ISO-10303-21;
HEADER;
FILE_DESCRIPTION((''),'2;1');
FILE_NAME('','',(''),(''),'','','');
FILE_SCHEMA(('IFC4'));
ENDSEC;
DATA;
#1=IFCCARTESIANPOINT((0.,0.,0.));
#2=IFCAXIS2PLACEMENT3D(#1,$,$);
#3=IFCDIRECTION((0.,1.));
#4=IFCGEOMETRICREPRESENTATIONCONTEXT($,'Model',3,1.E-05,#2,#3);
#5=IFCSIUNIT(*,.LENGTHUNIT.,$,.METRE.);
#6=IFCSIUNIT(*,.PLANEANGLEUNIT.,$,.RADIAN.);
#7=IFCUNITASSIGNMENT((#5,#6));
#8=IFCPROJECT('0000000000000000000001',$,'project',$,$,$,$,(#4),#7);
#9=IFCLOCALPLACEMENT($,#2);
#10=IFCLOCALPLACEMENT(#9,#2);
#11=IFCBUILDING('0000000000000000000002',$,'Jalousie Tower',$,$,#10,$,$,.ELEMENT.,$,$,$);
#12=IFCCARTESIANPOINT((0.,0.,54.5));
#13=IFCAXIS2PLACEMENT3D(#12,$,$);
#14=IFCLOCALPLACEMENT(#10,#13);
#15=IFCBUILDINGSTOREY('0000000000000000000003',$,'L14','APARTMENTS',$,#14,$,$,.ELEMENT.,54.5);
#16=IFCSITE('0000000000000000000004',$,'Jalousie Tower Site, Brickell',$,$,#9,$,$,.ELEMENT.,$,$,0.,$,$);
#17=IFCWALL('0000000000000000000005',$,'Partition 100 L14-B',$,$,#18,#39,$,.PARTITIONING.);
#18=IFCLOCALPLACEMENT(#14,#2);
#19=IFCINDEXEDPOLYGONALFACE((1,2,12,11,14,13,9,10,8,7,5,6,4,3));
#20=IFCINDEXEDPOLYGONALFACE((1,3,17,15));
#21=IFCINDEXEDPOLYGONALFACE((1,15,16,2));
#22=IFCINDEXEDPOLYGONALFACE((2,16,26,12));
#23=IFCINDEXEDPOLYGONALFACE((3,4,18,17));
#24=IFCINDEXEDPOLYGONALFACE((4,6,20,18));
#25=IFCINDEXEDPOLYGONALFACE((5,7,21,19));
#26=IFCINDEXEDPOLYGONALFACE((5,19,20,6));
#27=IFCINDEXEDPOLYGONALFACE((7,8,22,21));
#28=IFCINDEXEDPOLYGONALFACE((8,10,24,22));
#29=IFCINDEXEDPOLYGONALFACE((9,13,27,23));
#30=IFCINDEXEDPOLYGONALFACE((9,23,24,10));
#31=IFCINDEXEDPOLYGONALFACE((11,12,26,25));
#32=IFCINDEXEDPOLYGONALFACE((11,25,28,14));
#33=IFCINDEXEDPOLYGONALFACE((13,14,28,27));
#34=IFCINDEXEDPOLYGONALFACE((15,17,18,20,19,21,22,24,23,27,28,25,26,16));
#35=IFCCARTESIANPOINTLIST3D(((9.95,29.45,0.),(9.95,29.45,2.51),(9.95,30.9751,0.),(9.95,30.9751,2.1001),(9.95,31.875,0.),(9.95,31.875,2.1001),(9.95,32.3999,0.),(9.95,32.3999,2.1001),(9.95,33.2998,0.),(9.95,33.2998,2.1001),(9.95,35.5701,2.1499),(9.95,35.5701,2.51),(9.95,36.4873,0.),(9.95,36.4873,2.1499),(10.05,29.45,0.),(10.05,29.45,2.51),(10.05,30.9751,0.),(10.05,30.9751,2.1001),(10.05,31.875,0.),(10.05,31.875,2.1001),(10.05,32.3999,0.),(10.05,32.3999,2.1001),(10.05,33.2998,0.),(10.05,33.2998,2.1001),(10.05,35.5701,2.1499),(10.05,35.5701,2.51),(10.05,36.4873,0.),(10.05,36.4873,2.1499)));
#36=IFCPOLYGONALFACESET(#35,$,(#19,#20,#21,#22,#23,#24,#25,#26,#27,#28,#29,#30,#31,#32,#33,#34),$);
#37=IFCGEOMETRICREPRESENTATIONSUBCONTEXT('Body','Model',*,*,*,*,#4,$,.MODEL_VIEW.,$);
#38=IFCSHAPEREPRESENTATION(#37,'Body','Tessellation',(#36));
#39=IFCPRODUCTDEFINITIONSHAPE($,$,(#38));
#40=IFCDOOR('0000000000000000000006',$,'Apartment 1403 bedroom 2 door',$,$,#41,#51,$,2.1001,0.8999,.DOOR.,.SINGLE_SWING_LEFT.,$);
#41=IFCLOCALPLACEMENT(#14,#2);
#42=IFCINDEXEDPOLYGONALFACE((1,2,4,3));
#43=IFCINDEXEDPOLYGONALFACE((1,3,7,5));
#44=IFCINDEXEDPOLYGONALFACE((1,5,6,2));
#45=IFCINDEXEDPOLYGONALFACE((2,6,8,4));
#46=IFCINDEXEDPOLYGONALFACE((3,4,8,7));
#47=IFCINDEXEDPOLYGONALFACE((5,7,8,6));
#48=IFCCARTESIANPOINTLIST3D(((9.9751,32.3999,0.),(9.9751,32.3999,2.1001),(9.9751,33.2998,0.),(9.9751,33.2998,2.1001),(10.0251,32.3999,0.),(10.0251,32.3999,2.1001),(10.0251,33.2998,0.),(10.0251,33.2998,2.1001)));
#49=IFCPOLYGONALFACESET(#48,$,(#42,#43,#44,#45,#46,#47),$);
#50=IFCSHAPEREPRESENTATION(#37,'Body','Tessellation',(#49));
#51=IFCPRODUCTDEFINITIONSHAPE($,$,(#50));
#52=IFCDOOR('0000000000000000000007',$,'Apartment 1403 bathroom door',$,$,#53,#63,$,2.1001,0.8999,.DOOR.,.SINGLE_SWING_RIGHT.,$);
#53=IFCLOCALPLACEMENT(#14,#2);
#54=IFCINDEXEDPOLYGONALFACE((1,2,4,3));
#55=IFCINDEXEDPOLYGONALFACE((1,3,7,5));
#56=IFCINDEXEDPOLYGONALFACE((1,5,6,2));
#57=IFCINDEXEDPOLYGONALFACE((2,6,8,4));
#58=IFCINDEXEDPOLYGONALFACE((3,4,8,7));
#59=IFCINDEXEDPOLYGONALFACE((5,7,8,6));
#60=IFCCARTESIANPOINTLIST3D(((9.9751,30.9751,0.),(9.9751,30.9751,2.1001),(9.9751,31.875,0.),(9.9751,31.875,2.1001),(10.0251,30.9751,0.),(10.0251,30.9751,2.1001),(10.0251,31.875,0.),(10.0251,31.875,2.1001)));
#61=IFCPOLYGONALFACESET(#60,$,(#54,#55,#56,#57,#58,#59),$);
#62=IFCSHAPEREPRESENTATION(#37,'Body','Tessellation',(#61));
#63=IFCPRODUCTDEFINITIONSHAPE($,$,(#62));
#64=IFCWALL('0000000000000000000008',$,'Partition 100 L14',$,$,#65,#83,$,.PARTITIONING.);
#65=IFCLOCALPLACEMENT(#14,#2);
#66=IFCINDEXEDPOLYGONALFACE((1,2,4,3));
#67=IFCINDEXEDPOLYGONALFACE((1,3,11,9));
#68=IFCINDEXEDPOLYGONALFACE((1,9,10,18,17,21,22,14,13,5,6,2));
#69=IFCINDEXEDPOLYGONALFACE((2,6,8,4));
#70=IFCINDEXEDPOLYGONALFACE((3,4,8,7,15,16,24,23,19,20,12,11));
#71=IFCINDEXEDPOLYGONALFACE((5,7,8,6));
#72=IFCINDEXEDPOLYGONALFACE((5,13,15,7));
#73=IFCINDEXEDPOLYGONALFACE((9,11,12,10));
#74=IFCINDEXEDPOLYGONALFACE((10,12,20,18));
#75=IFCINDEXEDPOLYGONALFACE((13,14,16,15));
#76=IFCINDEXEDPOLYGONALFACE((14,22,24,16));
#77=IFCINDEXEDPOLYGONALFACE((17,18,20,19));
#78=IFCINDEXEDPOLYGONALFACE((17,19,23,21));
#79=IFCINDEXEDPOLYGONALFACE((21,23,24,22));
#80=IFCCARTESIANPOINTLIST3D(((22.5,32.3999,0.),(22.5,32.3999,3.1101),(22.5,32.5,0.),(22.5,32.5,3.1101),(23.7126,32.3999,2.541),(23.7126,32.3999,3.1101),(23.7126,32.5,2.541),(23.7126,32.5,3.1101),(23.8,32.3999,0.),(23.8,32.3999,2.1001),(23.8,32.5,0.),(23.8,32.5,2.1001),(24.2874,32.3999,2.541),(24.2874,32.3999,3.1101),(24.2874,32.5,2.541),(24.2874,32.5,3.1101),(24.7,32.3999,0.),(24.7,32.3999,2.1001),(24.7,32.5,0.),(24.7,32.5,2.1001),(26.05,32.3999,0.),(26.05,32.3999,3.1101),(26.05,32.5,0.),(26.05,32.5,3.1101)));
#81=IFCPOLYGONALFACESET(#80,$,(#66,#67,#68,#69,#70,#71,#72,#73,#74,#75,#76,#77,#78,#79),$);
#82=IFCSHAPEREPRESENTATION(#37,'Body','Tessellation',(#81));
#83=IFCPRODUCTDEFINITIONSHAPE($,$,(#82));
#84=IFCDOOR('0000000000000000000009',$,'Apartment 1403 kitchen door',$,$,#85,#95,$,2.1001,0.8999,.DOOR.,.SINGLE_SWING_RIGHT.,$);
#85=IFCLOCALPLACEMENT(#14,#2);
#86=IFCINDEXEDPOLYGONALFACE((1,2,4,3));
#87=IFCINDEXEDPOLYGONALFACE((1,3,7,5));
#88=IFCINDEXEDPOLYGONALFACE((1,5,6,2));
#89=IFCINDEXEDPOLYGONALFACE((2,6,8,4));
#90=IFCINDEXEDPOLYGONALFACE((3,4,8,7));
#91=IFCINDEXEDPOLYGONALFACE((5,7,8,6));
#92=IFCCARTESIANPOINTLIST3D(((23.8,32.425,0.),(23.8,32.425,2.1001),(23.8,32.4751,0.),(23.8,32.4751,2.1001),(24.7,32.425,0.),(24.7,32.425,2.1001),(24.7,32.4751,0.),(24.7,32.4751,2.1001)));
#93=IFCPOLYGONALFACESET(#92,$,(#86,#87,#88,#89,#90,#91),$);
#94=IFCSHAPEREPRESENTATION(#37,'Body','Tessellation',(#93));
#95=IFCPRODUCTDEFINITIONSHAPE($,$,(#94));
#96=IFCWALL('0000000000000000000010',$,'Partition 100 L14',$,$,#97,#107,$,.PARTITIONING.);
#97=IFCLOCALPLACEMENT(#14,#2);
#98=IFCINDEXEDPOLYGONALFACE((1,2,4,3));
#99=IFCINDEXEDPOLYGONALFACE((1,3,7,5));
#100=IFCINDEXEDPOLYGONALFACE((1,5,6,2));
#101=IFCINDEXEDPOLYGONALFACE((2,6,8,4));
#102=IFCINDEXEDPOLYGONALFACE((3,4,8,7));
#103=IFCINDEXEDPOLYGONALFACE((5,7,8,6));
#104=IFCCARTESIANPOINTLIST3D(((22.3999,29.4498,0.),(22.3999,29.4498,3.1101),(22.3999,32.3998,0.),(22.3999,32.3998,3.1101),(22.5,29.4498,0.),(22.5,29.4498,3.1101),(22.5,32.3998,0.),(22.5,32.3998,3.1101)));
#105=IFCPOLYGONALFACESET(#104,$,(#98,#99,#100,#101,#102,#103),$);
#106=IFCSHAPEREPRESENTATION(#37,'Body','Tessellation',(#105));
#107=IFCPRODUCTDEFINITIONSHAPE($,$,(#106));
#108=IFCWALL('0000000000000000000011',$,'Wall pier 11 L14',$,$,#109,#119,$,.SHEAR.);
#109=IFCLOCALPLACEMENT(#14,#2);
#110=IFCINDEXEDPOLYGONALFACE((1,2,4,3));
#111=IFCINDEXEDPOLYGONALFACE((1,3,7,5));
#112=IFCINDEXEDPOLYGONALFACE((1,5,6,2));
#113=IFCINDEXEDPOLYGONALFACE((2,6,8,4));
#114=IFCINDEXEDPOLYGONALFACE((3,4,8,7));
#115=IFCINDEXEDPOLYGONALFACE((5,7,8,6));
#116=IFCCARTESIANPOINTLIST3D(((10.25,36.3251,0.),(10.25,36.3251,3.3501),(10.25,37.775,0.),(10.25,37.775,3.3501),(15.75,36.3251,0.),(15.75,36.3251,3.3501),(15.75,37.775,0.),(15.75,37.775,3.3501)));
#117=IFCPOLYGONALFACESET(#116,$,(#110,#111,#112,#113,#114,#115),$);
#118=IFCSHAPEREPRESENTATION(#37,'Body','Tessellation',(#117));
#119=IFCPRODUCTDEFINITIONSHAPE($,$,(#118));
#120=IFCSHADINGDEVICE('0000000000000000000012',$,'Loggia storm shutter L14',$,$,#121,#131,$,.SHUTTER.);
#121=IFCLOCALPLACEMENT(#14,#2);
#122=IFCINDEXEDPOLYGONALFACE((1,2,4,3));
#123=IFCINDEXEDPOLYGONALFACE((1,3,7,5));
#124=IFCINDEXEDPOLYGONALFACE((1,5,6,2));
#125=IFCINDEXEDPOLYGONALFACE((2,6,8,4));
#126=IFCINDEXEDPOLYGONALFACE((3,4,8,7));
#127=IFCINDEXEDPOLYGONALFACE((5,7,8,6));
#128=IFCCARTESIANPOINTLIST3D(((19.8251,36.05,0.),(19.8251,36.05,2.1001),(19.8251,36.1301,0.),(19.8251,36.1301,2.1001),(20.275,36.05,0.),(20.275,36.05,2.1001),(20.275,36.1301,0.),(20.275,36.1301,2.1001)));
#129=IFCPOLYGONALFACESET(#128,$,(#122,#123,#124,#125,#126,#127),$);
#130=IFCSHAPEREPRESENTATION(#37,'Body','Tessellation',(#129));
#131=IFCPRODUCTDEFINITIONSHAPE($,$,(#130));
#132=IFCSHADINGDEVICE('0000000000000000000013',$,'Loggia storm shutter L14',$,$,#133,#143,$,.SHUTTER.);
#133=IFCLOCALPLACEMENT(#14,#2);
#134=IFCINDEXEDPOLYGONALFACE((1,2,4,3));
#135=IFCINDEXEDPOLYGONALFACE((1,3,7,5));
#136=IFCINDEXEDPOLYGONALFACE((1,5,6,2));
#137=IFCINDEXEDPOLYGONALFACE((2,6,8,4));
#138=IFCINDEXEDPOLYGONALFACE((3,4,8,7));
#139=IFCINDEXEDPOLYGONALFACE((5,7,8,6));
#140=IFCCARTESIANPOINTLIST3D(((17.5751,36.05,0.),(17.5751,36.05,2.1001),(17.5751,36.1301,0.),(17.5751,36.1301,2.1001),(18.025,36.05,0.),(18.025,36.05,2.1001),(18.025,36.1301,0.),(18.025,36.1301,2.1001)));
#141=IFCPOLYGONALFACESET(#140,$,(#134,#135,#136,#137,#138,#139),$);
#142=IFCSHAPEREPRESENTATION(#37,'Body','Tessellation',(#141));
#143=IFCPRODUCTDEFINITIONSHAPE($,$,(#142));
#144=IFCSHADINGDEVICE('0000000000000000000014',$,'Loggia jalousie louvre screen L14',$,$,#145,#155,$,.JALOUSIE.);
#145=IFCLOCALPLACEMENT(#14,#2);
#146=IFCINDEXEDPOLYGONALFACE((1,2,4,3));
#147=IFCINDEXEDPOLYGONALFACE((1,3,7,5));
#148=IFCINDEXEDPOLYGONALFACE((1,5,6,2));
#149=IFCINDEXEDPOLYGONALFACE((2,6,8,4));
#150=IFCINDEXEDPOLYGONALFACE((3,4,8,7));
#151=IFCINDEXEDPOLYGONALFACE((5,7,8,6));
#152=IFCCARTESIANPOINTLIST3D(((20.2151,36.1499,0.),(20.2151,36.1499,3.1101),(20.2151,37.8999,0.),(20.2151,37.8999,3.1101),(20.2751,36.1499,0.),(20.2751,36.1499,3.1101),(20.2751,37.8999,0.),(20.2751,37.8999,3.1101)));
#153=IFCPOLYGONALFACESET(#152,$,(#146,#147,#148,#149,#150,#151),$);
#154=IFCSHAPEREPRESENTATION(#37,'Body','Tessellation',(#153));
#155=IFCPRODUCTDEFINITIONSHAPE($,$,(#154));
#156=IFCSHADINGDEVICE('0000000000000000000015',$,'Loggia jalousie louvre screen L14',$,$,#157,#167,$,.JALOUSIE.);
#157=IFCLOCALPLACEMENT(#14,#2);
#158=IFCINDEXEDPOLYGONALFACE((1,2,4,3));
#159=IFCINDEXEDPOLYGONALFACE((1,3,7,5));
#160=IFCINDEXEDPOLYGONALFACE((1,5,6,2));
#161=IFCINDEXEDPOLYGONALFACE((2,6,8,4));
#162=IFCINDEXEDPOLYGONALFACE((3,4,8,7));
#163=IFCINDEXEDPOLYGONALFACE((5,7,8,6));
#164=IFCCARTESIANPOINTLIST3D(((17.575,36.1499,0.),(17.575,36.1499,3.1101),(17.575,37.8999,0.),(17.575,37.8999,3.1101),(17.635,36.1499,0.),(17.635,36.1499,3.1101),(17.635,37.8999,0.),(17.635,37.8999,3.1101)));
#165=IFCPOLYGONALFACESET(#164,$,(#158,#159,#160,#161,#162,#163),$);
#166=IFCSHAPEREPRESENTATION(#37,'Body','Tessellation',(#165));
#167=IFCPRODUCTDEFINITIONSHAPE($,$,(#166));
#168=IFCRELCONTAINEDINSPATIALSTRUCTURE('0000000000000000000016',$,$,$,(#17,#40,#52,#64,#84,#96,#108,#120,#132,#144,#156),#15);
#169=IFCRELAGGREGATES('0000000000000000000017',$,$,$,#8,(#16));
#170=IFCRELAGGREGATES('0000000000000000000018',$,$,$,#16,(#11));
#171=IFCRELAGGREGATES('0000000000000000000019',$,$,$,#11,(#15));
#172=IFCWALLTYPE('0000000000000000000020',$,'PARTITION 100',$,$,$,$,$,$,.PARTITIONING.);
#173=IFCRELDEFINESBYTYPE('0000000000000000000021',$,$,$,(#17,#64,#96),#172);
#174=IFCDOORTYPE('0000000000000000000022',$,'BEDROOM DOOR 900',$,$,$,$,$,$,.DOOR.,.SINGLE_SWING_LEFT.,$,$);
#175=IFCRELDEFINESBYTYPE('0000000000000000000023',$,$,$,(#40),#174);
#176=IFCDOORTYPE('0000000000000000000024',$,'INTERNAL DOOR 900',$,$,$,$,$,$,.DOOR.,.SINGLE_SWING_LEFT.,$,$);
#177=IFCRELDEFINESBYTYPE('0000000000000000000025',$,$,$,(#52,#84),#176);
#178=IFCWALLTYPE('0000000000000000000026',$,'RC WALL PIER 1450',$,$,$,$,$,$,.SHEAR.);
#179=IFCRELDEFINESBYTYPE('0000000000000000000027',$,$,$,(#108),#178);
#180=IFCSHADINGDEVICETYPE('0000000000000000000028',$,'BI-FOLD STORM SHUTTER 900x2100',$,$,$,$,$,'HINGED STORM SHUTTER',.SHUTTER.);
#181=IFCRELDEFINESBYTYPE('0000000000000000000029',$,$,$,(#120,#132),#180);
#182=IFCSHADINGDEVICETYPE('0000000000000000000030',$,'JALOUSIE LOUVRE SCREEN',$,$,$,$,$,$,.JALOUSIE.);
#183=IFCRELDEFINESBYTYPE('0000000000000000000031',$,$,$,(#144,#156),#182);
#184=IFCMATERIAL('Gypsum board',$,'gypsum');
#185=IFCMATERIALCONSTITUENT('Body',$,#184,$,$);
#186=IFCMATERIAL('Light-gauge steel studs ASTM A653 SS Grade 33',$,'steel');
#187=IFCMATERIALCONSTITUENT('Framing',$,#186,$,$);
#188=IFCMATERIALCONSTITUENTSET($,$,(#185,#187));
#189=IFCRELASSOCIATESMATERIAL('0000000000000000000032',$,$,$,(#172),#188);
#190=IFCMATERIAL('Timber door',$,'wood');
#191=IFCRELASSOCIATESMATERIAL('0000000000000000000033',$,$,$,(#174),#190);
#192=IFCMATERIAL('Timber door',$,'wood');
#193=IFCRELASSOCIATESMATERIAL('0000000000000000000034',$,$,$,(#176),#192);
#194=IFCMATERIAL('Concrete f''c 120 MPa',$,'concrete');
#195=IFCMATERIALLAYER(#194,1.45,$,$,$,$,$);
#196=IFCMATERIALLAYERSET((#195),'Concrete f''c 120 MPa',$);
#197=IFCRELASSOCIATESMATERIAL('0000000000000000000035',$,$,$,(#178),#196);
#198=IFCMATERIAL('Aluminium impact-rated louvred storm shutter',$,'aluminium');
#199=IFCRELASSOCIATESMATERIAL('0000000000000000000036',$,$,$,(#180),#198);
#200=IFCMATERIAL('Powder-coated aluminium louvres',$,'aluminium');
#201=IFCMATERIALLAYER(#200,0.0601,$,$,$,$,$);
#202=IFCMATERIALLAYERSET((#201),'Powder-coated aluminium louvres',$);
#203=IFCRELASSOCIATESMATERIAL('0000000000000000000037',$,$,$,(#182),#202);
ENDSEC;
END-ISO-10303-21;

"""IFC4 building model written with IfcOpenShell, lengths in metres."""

from ifc_helpers import new_model, si_unit, direction, frame, frame_2d, origin, origin_2d, place, context, subcontext, project, spatial, polyline, rectangle, outline, extrude, material, layer, layer_set, constituent, constituent_set, type_object, element, fill, save


model = new_model("IFC4")

# Units and contexts
model_context = context("Model", 3, precision=1e-05, world=origin(), true_north=direction((0.0, 1.0)))
body_context = subcontext(model_context, "Body", "Model", "MODEL_VIEW")
ifc_project = project(units=[si_unit("LENGTHUNIT", "METRE"), si_unit("PLANEANGLEUNIT", "RADIAN")], contexts=[model_context])

# Site, building, storey
site_placement = place(None, origin())
site = spatial("IfcSite", under=ifc_project, at=site_placement, Name="Jalousie Tower Site, Brickell", CompositionType="ELEMENT", RefElevation=0.0)
building_placement = place(site_placement, origin())
building = spatial("IfcBuilding", under=site, at=building_placement, Name="Jalousie Tower", CompositionType="ELEMENT")
storey_placement = place(building_placement, frame((0.0, 0.0, 54.5)))
storey = spatial("IfcBuildingStorey", under=building, at=storey_placement, Name="L14", Description="APARTMENTS", CompositionType="ELEMENT", Elevation=54.5)

# Wall, openings, doors
ifc_material_1 = material(Name="Gypsum board", Category="gypsum")
ifc_constituent_1 = constituent(ifc_material_1, Name="Body")
ifc_material_2 = material(Name="Light-gauge steel studs ASTM A653 SS Grade 33", Category="steel")
ifc_constituent_2 = constituent(ifc_material_2, Name="Framing")
ifc_constituent_set_1 = constituent_set(constituents=[ifc_constituent_1, ifc_constituent_2])
wall_type_1 = type_object("IfcWallType", Name="PARTITION 100", PredefinedType="PARTITIONING", material=ifc_constituent_set_1)
wall_1_placement = place(storey_placement, frame((10.0, 36.4873, 0.0), z_axis=(0.0, 0.0, 1.0), x_axis=(0.0, -1.0, 0.0)))
wall_1 = element("IfcWall", 1, at=wall_1_placement, inside=storey, type_object=wall_type_1, Name="Partition 100 L14-B", PredefinedType="PARTITIONING", context=body_context, shape_type="SweptSolid", body=[
    extrude(outline(polyline([(0.0, 0.0), (7.0374, 0.0), (7.0374, 2.51), (0.9172, 2.51), (0.9172, 2.1499), (0.0, 2.1499), (0.0, 0.0)])), frame((0.0, 0.05, 0.0), z_axis=(0.0, -1.0, 0.0), x_axis=(1.0, 0.0, 0.0)), (0.0, 0.0, 1.0), 0.1001),
])
opening_1_placement = place(wall_1_placement, frame((3.1875, 0.0, 0.0)))
opening_1 = element("IfcOpeningElement", 2, at=opening_1_placement, cuts=wall_1, PredefinedType="OPENING", context=body_context, shape_type="SweptSolid", body=[
    extrude(rectangle(XDim=0.8999, YDim=2.1001, at=frame_2d((0.45, 1.05))), frame((0.0, 0.0601, 0.0), z_axis=(0.0, -1.0, 0.0), x_axis=(1.0, 0.0, 0.0)), (0.0, 0.0, 1.0), 0.1201),
])
opening_2_placement = place(wall_1_placement, frame((4.6123, 0.0, 0.0)))
opening_2 = element("IfcOpeningElement", 3, at=opening_2_placement, cuts=wall_1, PredefinedType="OPENING", context=body_context, shape_type="SweptSolid", body=[
    extrude(rectangle(XDim=0.8999, YDim=2.1001, at=frame_2d((0.45, 1.05))), frame((0.0, 0.0601, 0.0), z_axis=(0.0, -1.0, 0.0), x_axis=(1.0, 0.0, 0.0)), (0.0, 0.0, 1.0), 0.1201),
])
ifc_material_3 = material(Name="Timber door", Category="wood")
door_type_1 = type_object("IfcDoorType", Name="BEDROOM DOOR 900", OperationType="SINGLE_SWING_LEFT", PredefinedType="DOOR", material=ifc_material_3)
door_1_placement = place(opening_1_placement, frame((0.8999, 0.0, 0.0), z_axis=(0.0, 0.0, 1.0), x_axis=(-1.0, 0.0, 0.0)))
door_1 = element("IfcDoor", 4, at=door_1_placement, inside=storey, type_object=door_type_1, Name="Apartment 1403 bedroom 2 door", OperationType="SINGLE_SWING_LEFT", OverallHeight=2.1001, OverallWidth=0.8999, PredefinedType="DOOR", context=body_context, shape_type="SweptSolid", body=[
    extrude(rectangle(XDim=0.8999, YDim=2.1001, at=frame_2d((0.45, 1.05))), frame((0.0, 0.0249, 0.0), z_axis=(0.0, -1.0, 0.0), x_axis=(1.0, 0.0, 0.0)), (0.0, 0.0, 1.0), 0.05),
])
fill(opening_1, door_1)
ifc_material_4 = material(Name="Timber door", Category="wood")
door_type_2 = type_object("IfcDoorType", Name="INTERNAL DOOR 900", OperationType="SINGLE_SWING_LEFT", PredefinedType="DOOR", material=ifc_material_4)
door_2_placement = place(opening_2_placement, frame((0.8999, 0.0, 0.0), z_axis=(0.0, 0.0, 1.0), x_axis=(-1.0, 0.0, 0.0)))
door_2 = element("IfcDoor", 5, at=door_2_placement, inside=storey, type_object=door_type_2, Name="Apartment 1403 bathroom door", OperationType="SINGLE_SWING_RIGHT", OverallHeight=2.1001, OverallWidth=0.8999, PredefinedType="DOOR", context=body_context, shape_type="SweptSolid", body=[
    extrude(rectangle(XDim=0.8999, YDim=2.1001, at=frame_2d((0.45, 1.05))), frame((0.0, 0.0249, 0.0), z_axis=(0.0, -1.0, 0.0), x_axis=(1.0, 0.0, 0.0)), (0.0, 0.0, 1.0), 0.05),
])
fill(opening_2, door_2)

# Wall, opening, door
wall_2_placement = place(storey_placement, frame((22.5, 32.45, 0.0), z_axis=(0.0, 0.0, 1.0), x_axis=(1.0, 0.0, 0.0)))
wall_2 = element("IfcWall", 6, at=wall_2_placement, inside=storey, type_object=wall_type_1, Name="Partition 100 L14", PredefinedType="PARTITIONING", context=body_context, shape_type="SweptSolid", body=[
    extrude(outline(polyline([(0.0, 0.0), (3.55, 0.0), (3.55, 3.1101), (1.7874, 3.1101), (1.7874, 2.541), (1.2126, 2.541), (1.2126, 3.1101), (0.0, 3.1101), (0.0, 0.0)])), frame((0.0, 0.05, 0.0), z_axis=(0.0, -1.0, 0.0), x_axis=(1.0, 0.0, 0.0)), (0.0, 0.0, 1.0), 0.1001),
])
opening_3_placement = place(wall_2_placement, frame((1.3, 0.0, 0.0)))
opening_3 = element("IfcOpeningElement", 7, at=opening_3_placement, cuts=wall_2, PredefinedType="OPENING", context=body_context, shape_type="SweptSolid", body=[
    extrude(rectangle(XDim=0.8999, YDim=2.1001, at=frame_2d((0.45, 1.05))), frame((0.0, 0.0601, 0.0), z_axis=(0.0, -1.0, 0.0), x_axis=(1.0, 0.0, 0.0)), (0.0, 0.0, 1.0), 0.1201),
])
door_3_placement = place(opening_3_placement, frame((0.8999, 0.0, 0.0), z_axis=(0.0, 0.0, 1.0), x_axis=(-1.0, 0.0, 0.0)))
door_3 = element("IfcDoor", 8, at=door_3_placement, inside=storey, type_object=door_type_2, Name="Apartment 1403 kitchen door", OperationType="SINGLE_SWING_RIGHT", OverallHeight=2.1001, OverallWidth=0.8999, PredefinedType="DOOR", context=body_context, shape_type="SweptSolid", body=[
    extrude(rectangle(XDim=0.8999, YDim=2.1001, at=frame_2d((0.45, 1.05))), frame((0.0, 0.0249, 0.0), z_axis=(0.0, -1.0, 0.0), x_axis=(1.0, 0.0, 0.0)), (0.0, 0.0, 1.0), 0.05),
])
fill(opening_3, door_3)

# Walls
wall_3_placement = place(storey_placement, frame((22.45, 32.3999, 0.0), z_axis=(0.0, 0.0, 1.0), x_axis=(0.0, -1.0, 0.0)))
element("IfcWall", 9, at=wall_3_placement, inside=storey, type_object=wall_type_1, Name="Partition 100 L14", PredefinedType="PARTITIONING", context=body_context, shape_type="SweptSolid", body=[
    extrude(rectangle(XDim=2.95, YDim=0.1001, at=frame_2d((1.4751, 0.0))), origin(), (0.0, 0.0, 1.0), 3.1101),
])
ifc_material_5 = material(Name="Concrete f'c 120 MPa", Category="concrete")
ifc_layer_1 = layer(ifc_material_5, 1.45)
ifc_layer_set_1 = layer_set([ifc_layer_1], Name="Concrete f'c 120 MPa")
wall_type_2 = type_object("IfcWallType", Name="RC WALL PIER 1450", PredefinedType="SHEAR", material=ifc_layer_set_1)
wall_4_placement = place(storey_placement, frame((10.25, 37.05, 0.0), z_axis=(0.0, 0.0, 1.0), x_axis=(1.0, 0.0, 0.0)))
element("IfcWall", 10, at=wall_4_placement, inside=storey, type_object=wall_type_2, Name="Wall pier 11 L14", PredefinedType="SHEAR", context=body_context, shape_type="SweptSolid", body=[
    extrude(rectangle(XDim=5.5, YDim=1.45, at=frame_2d((2.75, 0.0))), origin(), (0.0, 0.0, 1.0), 3.3501),
])

# Shading devices
ifc_material_6 = material(Name="Aluminium impact-rated louvred storm shutter", Category="aluminium")
shading_device_type_1 = type_object("IfcShadingDeviceType", Name="BI-FOLD STORM SHUTTER 900x2100", ElementType="HINGED STORM SHUTTER", PredefinedType="SHUTTER", material=ifc_material_6)
for number, where, z_axis, x_axis, name in (
    (11, (20.05, 36.0901, 0.0), (0.0, 0.0, 1.0), (-1.0, 0.0, 0.0), "Loggia storm shutter L14"),
    (12, (17.8, 36.0901, 0.0), (0.0, 0.0, 1.0), (-1.0, 0.0, 0.0), "Loggia storm shutter L14"),
):
    element("IfcShadingDevice", number, at=place(storey_placement, frame(where, z_axis=z_axis, x_axis=x_axis)), inside=storey, type_object=shading_device_type_1, Name=name, PredefinedType="SHUTTER", context=body_context, shape_type="SweptSolid", body=[
        extrude(rectangle(XDim=0.45, YDim=0.0801, at=origin_2d()), origin(), (0.0, 0.0, 1.0), 2.1001),
    ])
ifc_material_7 = material(Name="Powder-coated aluminium louvres", Category="aluminium")
ifc_layer_2 = layer(ifc_material_7, 0.0601)
ifc_layer_set_2 = layer_set([ifc_layer_2], Name="Powder-coated aluminium louvres")
shading_device_type_2 = type_object("IfcShadingDeviceType", Name="JALOUSIE LOUVRE SCREEN", PredefinedType="JALOUSIE", material=ifc_layer_set_2)
for number, where, z_axis, x_axis, name in (
    (13, (20.2451, 37.0249, 0.0), (0.0, 0.0, 1.0), (-1.0, 0.0, 0.0), "Loggia jalousie louvre screen L14"),
    (14, (17.605, 37.0249, 0.0), (0.0, 0.0, 1.0), (-1.0, 0.0, 0.0), "Loggia jalousie louvre screen L14"),
):
    element("IfcShadingDevice", number, at=place(storey_placement, frame(where, z_axis=z_axis, x_axis=x_axis)), inside=storey, type_object=shading_device_type_2, Name=name, PredefinedType="JALOUSIE", context=body_context, shape_type="SweptSolid", body=[
        extrude(rectangle(XDim=0.0601, YDim=1.75, at=origin_2d()), origin(), (0.0, 0.0, 1.0), 3.1101),
    ])

save(model, "model.ifc")
